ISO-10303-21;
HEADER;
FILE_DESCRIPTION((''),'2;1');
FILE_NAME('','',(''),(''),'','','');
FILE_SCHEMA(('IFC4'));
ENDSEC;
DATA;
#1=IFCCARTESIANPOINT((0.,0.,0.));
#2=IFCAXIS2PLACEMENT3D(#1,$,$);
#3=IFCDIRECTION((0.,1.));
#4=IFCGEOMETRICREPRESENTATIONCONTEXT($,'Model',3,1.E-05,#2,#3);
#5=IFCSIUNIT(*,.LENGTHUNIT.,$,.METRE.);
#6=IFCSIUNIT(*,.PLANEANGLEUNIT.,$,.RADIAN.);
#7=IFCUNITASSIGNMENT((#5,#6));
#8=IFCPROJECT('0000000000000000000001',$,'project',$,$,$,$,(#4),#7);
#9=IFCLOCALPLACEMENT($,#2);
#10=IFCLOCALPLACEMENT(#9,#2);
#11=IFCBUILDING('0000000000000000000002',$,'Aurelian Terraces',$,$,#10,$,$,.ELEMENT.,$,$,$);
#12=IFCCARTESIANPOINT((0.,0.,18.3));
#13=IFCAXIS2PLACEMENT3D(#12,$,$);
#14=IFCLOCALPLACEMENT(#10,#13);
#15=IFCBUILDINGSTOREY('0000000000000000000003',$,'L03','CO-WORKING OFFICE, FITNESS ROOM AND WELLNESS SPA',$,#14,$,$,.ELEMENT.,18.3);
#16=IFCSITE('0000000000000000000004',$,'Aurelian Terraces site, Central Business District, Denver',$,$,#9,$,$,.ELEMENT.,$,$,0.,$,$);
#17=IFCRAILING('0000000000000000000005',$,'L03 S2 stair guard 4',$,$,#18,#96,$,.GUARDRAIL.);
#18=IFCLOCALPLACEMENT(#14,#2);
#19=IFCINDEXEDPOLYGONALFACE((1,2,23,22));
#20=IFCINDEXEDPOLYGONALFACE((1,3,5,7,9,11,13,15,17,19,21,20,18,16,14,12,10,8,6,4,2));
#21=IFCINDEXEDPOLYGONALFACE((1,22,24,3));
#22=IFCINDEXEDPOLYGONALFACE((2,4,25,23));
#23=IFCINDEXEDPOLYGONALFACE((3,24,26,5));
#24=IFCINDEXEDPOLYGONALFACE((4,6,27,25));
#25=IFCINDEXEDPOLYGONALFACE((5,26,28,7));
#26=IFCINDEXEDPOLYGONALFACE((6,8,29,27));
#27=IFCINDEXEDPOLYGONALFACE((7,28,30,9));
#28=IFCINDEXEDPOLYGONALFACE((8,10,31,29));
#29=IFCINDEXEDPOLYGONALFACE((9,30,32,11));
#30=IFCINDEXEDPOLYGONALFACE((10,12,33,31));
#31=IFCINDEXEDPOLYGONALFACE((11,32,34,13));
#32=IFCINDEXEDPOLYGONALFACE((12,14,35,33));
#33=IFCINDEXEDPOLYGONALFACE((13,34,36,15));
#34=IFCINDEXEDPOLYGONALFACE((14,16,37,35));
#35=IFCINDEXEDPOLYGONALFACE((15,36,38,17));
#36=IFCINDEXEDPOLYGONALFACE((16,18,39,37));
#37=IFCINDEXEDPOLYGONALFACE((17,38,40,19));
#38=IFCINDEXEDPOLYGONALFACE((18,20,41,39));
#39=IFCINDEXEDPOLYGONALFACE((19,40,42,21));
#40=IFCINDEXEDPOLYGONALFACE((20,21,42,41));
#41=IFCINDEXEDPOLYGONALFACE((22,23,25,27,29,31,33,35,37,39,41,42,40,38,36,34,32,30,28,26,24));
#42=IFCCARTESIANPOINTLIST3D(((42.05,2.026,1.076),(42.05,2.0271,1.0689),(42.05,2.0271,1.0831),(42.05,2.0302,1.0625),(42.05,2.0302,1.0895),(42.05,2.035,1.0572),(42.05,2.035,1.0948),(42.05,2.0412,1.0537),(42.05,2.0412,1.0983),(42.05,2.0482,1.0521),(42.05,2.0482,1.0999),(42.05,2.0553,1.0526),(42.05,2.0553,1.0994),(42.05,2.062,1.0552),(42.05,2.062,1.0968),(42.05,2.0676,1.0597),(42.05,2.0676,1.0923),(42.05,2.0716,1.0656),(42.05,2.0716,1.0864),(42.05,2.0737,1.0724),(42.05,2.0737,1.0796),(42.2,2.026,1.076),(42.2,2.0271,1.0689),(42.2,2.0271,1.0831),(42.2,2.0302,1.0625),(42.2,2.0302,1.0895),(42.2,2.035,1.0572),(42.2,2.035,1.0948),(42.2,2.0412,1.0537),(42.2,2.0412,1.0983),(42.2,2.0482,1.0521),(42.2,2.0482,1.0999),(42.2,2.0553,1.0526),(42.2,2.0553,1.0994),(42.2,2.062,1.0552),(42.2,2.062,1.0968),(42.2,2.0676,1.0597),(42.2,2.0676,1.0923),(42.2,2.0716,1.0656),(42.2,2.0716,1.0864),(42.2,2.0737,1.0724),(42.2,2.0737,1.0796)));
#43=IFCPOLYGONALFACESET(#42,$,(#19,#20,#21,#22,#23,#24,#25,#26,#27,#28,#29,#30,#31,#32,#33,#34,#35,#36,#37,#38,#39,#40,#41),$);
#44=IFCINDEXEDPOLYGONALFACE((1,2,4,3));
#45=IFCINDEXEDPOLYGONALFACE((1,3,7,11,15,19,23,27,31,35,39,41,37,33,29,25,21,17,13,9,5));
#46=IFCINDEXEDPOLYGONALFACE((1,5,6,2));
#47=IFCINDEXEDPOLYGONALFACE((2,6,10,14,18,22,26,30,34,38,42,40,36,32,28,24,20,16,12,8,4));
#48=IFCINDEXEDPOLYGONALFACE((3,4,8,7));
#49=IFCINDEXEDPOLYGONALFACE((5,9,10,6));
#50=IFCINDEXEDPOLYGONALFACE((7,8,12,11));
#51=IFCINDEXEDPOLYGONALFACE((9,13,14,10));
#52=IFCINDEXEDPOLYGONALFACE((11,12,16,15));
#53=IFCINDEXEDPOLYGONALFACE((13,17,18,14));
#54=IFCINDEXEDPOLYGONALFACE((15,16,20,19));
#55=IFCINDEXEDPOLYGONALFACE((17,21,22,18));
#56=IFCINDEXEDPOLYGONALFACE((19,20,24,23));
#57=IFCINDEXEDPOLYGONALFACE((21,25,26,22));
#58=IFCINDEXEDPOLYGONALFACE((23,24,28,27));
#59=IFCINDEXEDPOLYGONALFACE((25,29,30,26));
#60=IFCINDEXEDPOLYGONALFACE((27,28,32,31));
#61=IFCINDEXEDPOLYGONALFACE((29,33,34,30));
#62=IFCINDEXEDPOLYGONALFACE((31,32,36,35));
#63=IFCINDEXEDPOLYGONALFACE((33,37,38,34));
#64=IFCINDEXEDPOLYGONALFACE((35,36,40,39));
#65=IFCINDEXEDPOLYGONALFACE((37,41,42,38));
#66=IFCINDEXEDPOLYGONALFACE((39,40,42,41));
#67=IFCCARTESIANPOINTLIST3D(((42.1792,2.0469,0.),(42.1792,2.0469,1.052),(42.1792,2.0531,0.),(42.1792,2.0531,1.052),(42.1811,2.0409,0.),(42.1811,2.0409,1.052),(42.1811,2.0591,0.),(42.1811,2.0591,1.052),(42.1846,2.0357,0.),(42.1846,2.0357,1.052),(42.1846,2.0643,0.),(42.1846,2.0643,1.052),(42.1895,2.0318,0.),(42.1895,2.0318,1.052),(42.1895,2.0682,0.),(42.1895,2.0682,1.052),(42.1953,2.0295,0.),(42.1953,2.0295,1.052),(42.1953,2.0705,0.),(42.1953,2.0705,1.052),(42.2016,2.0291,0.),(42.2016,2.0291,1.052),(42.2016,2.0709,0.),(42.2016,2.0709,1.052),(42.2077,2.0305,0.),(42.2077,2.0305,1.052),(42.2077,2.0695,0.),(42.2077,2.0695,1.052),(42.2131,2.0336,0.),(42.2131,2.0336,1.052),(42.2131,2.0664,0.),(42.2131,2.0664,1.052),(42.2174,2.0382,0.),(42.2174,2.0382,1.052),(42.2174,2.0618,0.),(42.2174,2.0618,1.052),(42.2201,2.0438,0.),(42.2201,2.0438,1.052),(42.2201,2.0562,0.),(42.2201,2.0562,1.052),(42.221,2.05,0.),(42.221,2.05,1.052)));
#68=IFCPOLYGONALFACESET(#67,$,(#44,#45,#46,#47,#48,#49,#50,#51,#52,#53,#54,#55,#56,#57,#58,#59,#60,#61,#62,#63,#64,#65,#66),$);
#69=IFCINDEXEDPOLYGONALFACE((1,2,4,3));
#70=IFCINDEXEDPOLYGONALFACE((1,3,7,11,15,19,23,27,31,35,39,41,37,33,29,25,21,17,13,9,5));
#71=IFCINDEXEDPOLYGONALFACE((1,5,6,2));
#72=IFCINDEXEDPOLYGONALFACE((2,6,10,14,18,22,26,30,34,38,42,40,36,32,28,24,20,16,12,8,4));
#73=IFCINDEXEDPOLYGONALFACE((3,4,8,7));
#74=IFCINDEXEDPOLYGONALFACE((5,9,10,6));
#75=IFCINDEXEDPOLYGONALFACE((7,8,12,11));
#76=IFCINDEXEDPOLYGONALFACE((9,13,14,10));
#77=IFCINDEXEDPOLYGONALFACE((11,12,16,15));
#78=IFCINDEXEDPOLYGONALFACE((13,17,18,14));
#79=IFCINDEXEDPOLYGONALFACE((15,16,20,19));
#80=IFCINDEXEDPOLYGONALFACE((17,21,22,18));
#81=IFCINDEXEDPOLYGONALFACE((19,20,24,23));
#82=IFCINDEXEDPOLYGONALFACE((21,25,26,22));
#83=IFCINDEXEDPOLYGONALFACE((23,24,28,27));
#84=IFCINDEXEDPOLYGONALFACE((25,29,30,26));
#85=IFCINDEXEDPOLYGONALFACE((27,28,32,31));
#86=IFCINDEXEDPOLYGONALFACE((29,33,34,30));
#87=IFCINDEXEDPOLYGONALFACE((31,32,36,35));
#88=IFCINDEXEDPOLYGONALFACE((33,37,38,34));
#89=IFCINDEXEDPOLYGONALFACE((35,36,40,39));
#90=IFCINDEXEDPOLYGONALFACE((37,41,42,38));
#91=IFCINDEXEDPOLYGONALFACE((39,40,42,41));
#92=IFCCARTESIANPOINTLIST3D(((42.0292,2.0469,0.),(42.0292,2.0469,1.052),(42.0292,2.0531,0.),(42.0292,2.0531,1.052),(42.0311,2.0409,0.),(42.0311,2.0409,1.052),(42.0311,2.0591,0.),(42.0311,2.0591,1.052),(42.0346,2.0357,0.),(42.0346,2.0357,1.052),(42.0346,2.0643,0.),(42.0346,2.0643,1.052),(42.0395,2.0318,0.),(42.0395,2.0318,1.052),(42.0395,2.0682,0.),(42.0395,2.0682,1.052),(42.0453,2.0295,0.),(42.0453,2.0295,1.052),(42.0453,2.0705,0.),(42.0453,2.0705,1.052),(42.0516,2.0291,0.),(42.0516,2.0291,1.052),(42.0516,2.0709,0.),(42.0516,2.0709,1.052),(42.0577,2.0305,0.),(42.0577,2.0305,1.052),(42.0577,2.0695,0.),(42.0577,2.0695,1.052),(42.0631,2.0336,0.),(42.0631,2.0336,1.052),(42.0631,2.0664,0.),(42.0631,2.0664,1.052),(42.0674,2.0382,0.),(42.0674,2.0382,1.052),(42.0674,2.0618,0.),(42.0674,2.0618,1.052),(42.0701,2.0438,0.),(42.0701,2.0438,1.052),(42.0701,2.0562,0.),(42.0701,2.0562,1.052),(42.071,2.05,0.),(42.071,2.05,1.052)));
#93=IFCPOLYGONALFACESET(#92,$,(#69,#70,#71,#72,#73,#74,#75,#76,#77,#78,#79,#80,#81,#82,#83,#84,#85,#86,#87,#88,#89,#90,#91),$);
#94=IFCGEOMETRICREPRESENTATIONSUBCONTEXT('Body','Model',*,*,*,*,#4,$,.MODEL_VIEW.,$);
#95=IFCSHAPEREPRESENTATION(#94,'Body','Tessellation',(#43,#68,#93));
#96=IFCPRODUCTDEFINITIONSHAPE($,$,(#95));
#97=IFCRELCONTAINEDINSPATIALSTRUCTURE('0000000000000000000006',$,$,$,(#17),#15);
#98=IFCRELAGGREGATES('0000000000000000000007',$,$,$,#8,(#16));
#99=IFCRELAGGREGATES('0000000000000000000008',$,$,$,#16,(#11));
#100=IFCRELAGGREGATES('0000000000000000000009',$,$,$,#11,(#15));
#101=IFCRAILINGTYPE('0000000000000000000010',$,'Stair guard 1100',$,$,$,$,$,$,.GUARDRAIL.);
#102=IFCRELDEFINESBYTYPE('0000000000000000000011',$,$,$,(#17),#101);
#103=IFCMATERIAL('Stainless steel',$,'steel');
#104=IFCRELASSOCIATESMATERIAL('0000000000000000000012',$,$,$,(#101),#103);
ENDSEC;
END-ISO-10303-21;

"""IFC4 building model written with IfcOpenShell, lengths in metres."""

from ifc_helpers import new_model, si_unit, direction, frame, origin, origin_2d, place, context, subcontext, project, spatial, circle, extrude, source, transform, mapped, material, type_object, element, save


model = new_model("IFC4")

# Units and contexts
model_context = context("Model", 3, precision=1e-05, world=origin(), true_north=direction((0.0, 1.0)))
body_context = subcontext(model_context, "Body", "Model", "MODEL_VIEW")
ifc_project = project(units=[si_unit("LENGTHUNIT", "METRE"), si_unit("PLANEANGLEUNIT", "RADIAN")], contexts=[model_context])

# Site, building, storey
site_placement = place(None, origin())
site = spatial("IfcSite", under=ifc_project, at=site_placement, Name="Aurelian Terraces site, Central Business District, Denver", CompositionType="ELEMENT", RefElevation=0.0)
building_placement = place(site_placement, origin())
building = spatial("IfcBuilding", under=site, at=building_placement, Name="Aurelian Terraces", CompositionType="ELEMENT")
storey_placement = place(building_placement, frame((0.0, 0.0, 18.3)))
storey = spatial("IfcBuildingStorey", under=building, at=storey_placement, Name="L03", Description="CO-WORKING OFFICE, FITNESS ROOM AND WELLNESS SPA", CompositionType="ELEMENT", Elevation=18.3)

# Railing
ifc_material_1 = material(Name="Stainless steel", Category="steel")
railing_type_1 = type_object("IfcRailingType", Name="Stair guard 1100", PredefinedType="GUARDRAIL", material=ifc_material_1)
shared_shape_1 = source(origin(), body_context, "Body", "SweptSolid", [
    extrude(circle(Radius=0.024, at=origin_2d()), frame((0.0, 0.0, 1.076), z_axis=(-1.0, 0.0, 0.0), x_axis=(0.0, -1.0, 0.0)), (0.0, 0.0, 1.0), 0.15),
    extrude(circle(Radius=0.021, at=origin_2d()), origin(), (0.0, 0.0, 1.0), 1.052),
    extrude(circle(Radius=0.021, at=origin_2d()), frame((-0.15, 0.0, 0.0)), (0.0, 0.0, 1.0), 1.052),
])
for number, where, name in (
    (1, (42.2, 2.05, 0.0), "L03 S2 stair guard 4"),
):
    element("IfcRailing", number, at=place(storey_placement, frame(where)), inside=storey, type_object=railing_type_1, Name=name, PredefinedType="GUARDRAIL", context=body_context, shape_type="MappedRepresentation", body=[
        mapped(shared_shape_1, transform((0.0, 0.0, 0.0), scale=1.0)),
    ])

save(model, "model.ifc")
